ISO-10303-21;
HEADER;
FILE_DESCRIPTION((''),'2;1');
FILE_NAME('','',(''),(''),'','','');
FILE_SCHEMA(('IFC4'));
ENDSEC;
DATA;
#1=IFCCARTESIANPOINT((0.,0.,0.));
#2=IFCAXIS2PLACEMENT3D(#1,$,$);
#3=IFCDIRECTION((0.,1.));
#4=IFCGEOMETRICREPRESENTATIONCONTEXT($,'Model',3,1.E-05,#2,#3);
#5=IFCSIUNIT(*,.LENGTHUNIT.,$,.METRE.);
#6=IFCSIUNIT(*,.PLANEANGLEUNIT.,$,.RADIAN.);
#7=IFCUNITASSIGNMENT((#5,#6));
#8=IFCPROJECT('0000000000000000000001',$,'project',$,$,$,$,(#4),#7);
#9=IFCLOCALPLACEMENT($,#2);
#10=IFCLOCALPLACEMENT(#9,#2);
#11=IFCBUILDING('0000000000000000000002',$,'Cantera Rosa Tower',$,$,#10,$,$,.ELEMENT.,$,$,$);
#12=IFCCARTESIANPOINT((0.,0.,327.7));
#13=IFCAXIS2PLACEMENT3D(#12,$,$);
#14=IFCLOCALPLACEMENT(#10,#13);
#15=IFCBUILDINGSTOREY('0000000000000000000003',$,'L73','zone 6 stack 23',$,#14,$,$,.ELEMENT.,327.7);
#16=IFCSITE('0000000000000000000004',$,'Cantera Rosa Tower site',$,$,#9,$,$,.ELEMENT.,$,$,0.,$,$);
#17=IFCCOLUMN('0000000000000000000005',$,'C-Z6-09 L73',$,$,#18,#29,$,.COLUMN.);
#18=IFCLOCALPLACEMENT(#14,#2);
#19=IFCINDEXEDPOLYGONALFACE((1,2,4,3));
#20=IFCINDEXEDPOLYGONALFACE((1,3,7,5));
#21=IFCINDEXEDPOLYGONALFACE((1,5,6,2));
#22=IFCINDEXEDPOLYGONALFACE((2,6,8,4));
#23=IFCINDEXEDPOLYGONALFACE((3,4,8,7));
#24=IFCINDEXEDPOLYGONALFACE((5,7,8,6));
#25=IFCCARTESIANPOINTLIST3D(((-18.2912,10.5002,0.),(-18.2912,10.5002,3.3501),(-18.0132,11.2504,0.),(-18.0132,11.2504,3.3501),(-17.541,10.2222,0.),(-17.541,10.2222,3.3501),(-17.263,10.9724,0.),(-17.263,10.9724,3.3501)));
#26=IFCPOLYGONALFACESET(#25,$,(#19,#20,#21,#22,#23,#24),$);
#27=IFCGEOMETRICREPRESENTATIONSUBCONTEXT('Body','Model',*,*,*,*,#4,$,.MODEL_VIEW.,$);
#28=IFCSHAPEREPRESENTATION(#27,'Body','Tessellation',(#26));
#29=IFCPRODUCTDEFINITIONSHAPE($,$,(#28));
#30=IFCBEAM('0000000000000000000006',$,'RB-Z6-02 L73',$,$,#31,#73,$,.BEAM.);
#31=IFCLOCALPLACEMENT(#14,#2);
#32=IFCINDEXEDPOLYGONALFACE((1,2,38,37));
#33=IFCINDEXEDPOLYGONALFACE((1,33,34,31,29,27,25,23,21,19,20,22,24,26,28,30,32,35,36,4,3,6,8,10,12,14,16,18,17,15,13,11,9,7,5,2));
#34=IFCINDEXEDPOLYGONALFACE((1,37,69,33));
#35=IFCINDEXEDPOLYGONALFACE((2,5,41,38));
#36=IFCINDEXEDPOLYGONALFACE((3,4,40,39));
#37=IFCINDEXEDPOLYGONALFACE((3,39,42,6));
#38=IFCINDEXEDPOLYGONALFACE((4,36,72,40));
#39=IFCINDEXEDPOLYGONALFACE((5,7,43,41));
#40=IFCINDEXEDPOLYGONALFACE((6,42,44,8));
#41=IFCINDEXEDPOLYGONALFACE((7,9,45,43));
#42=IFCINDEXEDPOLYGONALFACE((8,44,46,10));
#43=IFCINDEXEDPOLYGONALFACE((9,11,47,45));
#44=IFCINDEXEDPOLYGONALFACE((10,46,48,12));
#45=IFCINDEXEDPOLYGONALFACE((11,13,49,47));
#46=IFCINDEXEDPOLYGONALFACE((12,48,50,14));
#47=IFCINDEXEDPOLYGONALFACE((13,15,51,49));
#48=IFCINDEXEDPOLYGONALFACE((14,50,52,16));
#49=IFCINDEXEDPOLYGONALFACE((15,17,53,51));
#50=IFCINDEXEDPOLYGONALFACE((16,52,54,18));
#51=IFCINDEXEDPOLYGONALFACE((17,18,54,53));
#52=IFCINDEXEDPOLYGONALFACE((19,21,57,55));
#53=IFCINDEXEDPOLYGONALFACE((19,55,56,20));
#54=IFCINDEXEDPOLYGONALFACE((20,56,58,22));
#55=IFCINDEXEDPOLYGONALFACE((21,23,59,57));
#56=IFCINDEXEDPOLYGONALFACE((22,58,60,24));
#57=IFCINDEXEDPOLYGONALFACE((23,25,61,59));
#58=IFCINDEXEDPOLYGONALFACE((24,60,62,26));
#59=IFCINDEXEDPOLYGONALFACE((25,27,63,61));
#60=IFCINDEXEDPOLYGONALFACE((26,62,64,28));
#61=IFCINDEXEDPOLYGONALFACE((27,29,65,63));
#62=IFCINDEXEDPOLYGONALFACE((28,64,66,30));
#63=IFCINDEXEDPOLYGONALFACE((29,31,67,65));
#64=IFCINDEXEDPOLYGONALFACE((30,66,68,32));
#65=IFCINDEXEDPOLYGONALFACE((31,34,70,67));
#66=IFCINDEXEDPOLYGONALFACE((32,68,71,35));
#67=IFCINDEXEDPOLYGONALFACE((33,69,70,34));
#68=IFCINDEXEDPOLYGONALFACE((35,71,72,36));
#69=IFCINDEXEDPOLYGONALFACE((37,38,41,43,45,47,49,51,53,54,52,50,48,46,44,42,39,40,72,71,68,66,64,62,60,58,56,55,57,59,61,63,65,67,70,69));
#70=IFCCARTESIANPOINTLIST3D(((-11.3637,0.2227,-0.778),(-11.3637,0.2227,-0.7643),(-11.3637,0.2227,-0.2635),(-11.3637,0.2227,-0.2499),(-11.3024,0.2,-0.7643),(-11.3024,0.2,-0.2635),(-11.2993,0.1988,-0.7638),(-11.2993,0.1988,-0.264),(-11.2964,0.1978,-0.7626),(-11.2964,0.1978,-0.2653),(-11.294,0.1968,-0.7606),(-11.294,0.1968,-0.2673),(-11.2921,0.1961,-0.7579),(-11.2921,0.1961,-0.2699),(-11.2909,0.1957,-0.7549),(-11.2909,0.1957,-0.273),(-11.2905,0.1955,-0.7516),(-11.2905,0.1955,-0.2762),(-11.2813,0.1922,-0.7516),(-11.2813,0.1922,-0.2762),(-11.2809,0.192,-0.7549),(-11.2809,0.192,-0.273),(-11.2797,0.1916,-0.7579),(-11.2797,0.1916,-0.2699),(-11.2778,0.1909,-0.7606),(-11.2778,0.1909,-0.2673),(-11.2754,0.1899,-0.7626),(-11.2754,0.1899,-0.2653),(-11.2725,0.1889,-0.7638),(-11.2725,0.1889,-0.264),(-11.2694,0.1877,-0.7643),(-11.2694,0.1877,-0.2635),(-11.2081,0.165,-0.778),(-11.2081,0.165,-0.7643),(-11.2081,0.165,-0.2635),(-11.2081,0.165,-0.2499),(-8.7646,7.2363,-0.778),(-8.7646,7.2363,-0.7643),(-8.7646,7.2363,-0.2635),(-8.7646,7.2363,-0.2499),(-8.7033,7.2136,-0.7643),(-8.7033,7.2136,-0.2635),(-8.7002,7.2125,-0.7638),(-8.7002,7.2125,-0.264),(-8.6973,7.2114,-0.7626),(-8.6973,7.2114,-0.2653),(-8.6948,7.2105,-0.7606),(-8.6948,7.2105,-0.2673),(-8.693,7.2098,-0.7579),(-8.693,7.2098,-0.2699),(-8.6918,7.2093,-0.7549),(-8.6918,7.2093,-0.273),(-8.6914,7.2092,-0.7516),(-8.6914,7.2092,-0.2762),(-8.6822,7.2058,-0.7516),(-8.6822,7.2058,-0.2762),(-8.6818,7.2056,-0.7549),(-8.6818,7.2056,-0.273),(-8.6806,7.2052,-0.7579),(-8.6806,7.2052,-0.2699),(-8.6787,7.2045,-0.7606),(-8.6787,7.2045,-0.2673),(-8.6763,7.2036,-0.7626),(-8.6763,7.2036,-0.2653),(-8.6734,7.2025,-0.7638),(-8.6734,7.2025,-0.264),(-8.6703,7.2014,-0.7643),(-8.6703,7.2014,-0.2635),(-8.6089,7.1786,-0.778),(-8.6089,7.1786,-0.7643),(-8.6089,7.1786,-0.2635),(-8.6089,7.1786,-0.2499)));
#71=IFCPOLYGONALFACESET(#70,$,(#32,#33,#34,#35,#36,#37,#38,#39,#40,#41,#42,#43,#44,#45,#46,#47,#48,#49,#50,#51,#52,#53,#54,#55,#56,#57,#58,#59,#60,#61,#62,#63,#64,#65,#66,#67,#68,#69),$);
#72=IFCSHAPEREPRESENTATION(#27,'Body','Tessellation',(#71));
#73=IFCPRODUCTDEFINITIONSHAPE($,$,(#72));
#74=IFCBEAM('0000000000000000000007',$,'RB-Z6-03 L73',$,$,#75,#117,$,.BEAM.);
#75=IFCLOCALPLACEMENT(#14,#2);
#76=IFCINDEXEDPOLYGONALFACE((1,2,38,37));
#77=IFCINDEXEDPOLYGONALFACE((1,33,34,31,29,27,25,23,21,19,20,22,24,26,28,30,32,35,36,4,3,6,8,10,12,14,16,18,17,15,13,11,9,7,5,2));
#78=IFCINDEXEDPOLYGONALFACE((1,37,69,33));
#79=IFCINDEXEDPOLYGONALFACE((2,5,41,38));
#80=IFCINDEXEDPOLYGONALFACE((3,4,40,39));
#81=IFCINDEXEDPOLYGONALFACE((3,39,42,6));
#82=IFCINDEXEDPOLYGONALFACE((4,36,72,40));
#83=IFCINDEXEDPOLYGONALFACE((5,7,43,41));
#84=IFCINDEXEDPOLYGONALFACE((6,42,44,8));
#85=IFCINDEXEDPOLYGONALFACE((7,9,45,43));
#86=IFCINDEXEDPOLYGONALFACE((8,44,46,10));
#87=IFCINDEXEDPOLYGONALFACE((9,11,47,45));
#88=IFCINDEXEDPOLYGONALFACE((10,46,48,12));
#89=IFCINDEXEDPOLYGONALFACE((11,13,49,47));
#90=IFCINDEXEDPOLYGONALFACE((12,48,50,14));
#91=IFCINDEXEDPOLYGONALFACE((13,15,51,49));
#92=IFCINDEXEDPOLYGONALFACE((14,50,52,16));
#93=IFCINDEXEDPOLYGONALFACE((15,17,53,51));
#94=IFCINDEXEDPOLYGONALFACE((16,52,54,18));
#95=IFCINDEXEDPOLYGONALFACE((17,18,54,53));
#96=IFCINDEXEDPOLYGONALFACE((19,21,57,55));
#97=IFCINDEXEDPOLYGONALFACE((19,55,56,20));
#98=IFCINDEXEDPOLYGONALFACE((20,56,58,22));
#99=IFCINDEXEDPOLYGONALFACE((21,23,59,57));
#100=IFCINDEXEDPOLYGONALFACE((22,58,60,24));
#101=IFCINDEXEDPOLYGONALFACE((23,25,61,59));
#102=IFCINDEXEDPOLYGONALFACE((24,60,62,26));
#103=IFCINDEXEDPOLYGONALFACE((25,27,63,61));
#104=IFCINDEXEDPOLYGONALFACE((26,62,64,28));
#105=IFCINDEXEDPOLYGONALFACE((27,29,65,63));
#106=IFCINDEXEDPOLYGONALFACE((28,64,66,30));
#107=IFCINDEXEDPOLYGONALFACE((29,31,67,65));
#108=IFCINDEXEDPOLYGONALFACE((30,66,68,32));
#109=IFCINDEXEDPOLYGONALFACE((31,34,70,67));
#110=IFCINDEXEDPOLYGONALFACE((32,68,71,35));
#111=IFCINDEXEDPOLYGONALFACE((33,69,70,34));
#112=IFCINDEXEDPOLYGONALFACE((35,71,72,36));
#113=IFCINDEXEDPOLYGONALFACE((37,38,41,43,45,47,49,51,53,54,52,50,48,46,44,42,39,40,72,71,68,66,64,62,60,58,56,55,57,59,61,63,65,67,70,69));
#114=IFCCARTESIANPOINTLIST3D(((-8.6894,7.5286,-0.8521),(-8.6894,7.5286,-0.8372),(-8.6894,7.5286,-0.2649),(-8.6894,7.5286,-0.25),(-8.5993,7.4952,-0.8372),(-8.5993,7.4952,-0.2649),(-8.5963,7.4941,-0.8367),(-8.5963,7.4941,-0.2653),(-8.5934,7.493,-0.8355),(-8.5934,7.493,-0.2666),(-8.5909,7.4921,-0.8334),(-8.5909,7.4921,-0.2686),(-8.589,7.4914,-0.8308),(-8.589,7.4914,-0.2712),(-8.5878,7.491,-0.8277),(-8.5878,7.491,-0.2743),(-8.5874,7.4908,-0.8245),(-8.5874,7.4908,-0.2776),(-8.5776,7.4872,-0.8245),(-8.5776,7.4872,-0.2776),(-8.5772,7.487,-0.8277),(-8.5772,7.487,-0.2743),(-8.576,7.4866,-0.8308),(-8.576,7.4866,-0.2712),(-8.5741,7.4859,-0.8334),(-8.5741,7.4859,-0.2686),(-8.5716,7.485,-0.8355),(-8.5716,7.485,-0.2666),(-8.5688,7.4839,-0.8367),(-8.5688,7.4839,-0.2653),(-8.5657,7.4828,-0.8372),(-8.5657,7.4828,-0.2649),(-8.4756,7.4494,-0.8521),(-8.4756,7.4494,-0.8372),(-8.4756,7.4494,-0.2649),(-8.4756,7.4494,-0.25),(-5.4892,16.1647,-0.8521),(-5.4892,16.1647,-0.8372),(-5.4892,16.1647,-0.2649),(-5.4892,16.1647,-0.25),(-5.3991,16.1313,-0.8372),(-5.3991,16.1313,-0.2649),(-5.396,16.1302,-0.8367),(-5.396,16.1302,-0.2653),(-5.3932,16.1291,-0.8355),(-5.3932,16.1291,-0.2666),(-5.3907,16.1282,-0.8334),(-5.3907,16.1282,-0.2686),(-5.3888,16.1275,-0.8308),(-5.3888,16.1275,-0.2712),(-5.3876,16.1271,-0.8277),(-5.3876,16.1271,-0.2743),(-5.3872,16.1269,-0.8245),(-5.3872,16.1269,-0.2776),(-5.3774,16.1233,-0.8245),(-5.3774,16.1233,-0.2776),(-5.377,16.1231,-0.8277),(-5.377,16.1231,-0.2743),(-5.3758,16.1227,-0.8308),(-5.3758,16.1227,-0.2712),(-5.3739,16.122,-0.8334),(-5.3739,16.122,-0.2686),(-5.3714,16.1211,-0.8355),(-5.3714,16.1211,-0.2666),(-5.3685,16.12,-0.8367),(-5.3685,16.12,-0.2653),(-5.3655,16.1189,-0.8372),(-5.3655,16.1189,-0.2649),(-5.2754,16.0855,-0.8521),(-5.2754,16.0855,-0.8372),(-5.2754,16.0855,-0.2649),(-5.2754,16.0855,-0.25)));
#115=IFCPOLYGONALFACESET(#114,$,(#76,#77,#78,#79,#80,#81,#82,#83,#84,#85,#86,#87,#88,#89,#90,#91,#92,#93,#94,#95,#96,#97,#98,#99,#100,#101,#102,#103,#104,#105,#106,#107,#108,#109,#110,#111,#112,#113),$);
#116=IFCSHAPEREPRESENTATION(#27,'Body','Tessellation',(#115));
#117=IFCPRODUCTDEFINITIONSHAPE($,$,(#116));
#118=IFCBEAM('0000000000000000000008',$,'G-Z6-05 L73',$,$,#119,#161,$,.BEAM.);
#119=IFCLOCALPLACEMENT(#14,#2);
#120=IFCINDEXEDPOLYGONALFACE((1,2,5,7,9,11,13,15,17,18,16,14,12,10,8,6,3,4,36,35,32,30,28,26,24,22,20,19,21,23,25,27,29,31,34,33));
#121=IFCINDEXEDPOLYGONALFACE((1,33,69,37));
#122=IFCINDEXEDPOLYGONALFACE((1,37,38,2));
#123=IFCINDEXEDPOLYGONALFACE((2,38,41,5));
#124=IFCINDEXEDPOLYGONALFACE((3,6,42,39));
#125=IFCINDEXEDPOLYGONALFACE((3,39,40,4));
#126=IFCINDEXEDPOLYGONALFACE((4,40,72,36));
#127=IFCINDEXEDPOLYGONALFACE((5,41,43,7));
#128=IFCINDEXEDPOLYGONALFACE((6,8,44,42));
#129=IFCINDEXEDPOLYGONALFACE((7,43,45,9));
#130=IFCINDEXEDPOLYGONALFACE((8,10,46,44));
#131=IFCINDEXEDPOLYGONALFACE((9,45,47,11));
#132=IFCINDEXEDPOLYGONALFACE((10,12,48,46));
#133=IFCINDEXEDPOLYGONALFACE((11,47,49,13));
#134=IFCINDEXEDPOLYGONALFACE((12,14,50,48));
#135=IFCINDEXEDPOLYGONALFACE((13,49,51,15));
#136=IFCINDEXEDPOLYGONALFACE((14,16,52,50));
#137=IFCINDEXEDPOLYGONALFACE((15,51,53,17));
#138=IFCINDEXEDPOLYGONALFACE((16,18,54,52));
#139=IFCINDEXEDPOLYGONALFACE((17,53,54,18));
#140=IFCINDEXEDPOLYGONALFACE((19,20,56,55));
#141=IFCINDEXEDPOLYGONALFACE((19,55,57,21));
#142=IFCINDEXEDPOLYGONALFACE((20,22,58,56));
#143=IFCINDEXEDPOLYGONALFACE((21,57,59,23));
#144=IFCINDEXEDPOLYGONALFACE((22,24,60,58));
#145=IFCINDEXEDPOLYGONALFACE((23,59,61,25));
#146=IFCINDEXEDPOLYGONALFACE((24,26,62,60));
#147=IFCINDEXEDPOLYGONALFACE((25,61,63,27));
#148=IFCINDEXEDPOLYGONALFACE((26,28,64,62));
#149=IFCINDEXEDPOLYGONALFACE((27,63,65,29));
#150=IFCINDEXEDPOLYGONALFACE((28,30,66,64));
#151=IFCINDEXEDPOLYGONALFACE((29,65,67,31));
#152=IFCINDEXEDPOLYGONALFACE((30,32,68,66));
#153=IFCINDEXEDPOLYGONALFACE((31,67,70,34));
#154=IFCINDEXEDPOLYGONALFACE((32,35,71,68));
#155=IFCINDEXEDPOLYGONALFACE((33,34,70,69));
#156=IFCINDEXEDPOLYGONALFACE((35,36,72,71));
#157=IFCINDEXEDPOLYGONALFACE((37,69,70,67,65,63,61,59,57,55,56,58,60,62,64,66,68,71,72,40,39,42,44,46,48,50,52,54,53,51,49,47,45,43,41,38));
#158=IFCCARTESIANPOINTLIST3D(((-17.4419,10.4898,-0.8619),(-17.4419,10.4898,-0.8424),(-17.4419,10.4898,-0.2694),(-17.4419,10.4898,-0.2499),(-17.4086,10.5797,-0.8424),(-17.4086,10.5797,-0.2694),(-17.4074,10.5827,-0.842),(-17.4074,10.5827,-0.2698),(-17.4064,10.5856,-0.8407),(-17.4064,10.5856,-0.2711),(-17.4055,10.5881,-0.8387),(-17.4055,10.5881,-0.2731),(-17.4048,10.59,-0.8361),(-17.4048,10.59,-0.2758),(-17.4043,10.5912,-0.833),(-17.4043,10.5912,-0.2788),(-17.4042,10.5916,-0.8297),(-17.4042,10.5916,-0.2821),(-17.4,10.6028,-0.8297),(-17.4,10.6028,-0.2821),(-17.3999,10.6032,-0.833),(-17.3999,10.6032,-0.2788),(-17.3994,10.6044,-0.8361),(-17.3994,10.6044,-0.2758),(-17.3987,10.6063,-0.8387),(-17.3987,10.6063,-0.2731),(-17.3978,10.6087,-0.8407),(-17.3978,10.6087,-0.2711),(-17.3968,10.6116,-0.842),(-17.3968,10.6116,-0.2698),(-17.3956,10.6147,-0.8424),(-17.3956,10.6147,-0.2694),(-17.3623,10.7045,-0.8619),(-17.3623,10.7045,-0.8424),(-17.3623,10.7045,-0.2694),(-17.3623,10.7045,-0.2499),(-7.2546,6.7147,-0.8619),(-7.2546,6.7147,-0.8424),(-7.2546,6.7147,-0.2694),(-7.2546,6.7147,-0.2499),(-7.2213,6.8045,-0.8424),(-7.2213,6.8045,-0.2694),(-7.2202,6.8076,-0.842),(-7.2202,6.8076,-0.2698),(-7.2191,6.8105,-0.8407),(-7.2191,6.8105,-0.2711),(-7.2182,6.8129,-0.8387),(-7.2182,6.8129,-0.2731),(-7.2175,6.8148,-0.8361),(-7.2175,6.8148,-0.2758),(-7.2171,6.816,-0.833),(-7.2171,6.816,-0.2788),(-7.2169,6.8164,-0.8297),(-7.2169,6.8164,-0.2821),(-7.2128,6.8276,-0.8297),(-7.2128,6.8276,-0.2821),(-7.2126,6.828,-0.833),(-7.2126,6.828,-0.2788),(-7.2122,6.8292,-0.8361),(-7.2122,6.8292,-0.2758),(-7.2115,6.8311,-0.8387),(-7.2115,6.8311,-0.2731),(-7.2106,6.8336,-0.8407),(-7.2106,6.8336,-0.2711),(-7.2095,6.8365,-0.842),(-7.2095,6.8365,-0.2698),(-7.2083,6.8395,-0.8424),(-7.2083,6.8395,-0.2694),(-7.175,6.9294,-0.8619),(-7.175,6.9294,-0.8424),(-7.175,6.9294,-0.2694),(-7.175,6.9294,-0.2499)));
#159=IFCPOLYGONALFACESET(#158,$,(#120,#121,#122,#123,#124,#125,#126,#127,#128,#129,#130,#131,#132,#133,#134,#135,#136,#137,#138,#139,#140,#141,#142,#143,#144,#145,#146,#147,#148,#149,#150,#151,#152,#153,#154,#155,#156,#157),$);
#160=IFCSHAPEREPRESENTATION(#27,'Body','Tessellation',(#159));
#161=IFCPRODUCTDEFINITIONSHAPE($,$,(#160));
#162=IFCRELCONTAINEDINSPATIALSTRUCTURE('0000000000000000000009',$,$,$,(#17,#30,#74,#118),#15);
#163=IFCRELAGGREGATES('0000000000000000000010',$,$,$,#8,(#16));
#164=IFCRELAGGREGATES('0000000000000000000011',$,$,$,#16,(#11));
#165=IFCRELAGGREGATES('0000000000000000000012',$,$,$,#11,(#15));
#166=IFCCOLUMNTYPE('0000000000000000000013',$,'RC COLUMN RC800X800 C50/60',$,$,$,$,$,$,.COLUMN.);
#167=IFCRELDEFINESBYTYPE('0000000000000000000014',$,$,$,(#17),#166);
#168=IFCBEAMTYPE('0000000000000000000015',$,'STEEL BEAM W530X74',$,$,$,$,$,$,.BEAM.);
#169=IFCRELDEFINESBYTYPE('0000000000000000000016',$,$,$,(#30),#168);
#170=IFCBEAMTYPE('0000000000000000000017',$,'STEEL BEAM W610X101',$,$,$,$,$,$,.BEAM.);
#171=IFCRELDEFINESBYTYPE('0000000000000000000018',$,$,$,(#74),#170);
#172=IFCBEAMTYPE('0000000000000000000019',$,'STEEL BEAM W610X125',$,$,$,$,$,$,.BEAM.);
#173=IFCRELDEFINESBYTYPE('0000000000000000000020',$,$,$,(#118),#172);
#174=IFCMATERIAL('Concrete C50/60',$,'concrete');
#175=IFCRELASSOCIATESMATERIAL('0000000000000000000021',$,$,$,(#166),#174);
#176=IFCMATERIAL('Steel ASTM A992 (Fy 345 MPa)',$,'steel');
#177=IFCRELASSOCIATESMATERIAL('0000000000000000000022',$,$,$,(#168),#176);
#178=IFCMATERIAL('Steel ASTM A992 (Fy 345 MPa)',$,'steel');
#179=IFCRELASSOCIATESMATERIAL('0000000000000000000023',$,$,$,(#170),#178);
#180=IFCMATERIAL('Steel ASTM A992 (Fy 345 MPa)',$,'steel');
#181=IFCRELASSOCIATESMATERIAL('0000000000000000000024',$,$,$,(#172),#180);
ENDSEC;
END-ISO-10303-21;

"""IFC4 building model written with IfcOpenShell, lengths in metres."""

from ifc_helpers import new_model, si_unit, direction, frame, origin, origin_2d, place, context, subcontext, project, spatial, rectangle, i_section, extrude, material, material_profile, profile_set, type_object, element, save


model = new_model("IFC4")

# Units and contexts
model_context = context("Model", 3, precision=1e-05, world=origin(), true_north=direction((0.0, 1.0)))
body_context = subcontext(model_context, "Body", "Model", "MODEL_VIEW")
ifc_project = project(units=[si_unit("LENGTHUNIT", "METRE"), si_unit("PLANEANGLEUNIT", "RADIAN")], contexts=[model_context])

# Site, building, storey
site_placement = place(None, origin())
site = spatial("IfcSite", under=ifc_project, at=site_placement, Name="Cantera Rosa Tower site", CompositionType="ELEMENT", RefElevation=0.0)
building_placement = place(site_placement, origin())
building = spatial("IfcBuilding", under=site, at=building_placement, Name="Cantera Rosa Tower", CompositionType="ELEMENT")
storey_placement = place(building_placement, frame((0.0, 0.0, 327.7)))
storey = spatial("IfcBuildingStorey", under=building, at=storey_placement, Name="L73", Description="zone 6 stack 23", CompositionType="ELEMENT", Elevation=327.7)

# Column
ifc_material_1 = material(Name="Concrete C50/60", Category="concrete")
ifc_material_profile_1 = material_profile(ifc_material_1, rectangle(XDim=0.8, YDim=0.8, at=origin_2d()), Name="RC COLUMN RC800X800 C50/60")
ifc_profile_set_1 = profile_set([ifc_material_profile_1], Name="Concrete C50/60")
column_type = type_object("IfcColumnType", Name="RC COLUMN RC800X800 C50/60", PredefinedType="COLUMN", material=ifc_profile_set_1)
column_placement = place(storey_placement, frame((-17.7771, 10.7363, 0.0), z_axis=(0.0, 0.0, 1.0), x_axis=(0.347481, 0.937687, 0.0)))
element("IfcColumn", 1, at=column_placement, inside=storey, type_object=column_type, Name="C-Z6-09 L73", PredefinedType="COLUMN", context=body_context, shape_type="SweptSolid", body=[
    extrude(rectangle(XDim=0.8, YDim=0.8, at=origin_2d()), origin(), (0.0, 0.0, 1.0), 3.3501),
])

# Beams
ifc_material_2 = material(Name="Steel ASTM A992 (Fy 345 MPa)", Category="steel")
ifc_material_profile_2 = material_profile(ifc_material_2, i_section(OverallWidth=0.166, OverallDepth=0.5281, WebThickness=0.0098, FlangeThickness=0.0137, FilletRadius=0.0127, at=origin_2d()), Name="W530X74")
ifc_profile_set_2 = profile_set([ifc_material_profile_2], Name="Steel ASTM A992 (Fy 345 MPa)")
beam_type_1 = type_object("IfcBeamType", Name="STEEL BEAM W530X74", PredefinedType="BEAM", material=ifc_profile_set_2)
beam_1_placement = place(storey_placement, frame((-11.2859, 0.1938, -0.5139), z_axis=(0.347487, 0.937685, 0.0), x_axis=(-0.937685, 0.347487, 0.0)))
element("IfcBeam", 2, at=beam_1_placement, inside=storey, type_object=beam_type_1, Name="RB-Z6-02 L73", PredefinedType="BEAM", context=body_context, shape_type="SweptSolid", body=[
    extrude(i_section(OverallWidth=0.166, OverallDepth=0.5281, WebThickness=0.0098, FlangeThickness=0.0137, FilletRadius=0.0127, at=origin_2d()), origin(), (0.0, 0.0, 1.0), 7.4797),
])
ifc_material_3 = material(Name="Steel ASTM A992 (Fy 345 MPa)", Category="steel")
ifc_material_profile_3 = material_profile(ifc_material_3, i_section(OverallWidth=0.228, OverallDepth=0.6021, WebThickness=0.0105, FlangeThickness=0.0149, FilletRadius=0.0127, at=origin_2d()), Name="W610X101")
ifc_profile_set_3 = profile_set([ifc_material_profile_3], Name="Steel ASTM A992 (Fy 345 MPa)")
beam_type_2 = type_object("IfcBeamType", Name="STEEL BEAM W610X101", PredefinedType="BEAM", material=ifc_profile_set_3)
beam_2_placement = place(storey_placement, frame((-8.5825, 7.489, -0.551), z_axis=(0.347475, 0.937689, 0.0), x_axis=(-0.937689, 0.347475, 0.0)))
element("IfcBeam", 3, at=beam_2_placement, inside=storey, type_object=beam_type_2, Name="RB-Z6-03 L73", PredefinedType="BEAM", context=body_context, shape_type="SweptSolid", body=[
    extrude(i_section(OverallWidth=0.228, OverallDepth=0.6021, WebThickness=0.0105, FlangeThickness=0.0149, FilletRadius=0.0127, at=origin_2d()), origin(), (0.0, 0.0, 1.0), 9.21),
])
ifc_material_4 = material(Name="Steel ASTM A992 (Fy 345 MPa)", Category="steel")
ifc_material_profile_4 = material_profile(ifc_material_4, i_section(OverallWidth=0.229, OverallDepth=0.6121, WebThickness=0.012, FlangeThickness=0.0195, FilletRadius=0.0127, at=origin_2d()), Name="W610X125")
ifc_profile_set_4 = profile_set([ifc_material_profile_4], Name="Steel ASTM A992 (Fy 345 MPa)")
beam_type_3 = type_object("IfcBeamType", Name="STEEL BEAM W610X125", PredefinedType="BEAM", material=ifc_profile_set_4)
beam_3_placement = place(storey_placement, frame((-17.4021, 10.5972, -0.5559), z_axis=(0.937686, -0.347483, 0.0), x_axis=(0.347483, 0.937686, 0.0)))
element("IfcBeam", 4, at=beam_3_placement, inside=storey, type_object=beam_type_3, Name="G-Z6-05 L73", PredefinedType="BEAM", context=body_context, shape_type="SweptSolid", body=[
    extrude(i_section(OverallWidth=0.229, OverallDepth=0.6121, WebThickness=0.012, FlangeThickness=0.0195, FilletRadius=0.0127, at=origin_2d()), origin(), (0.0, 0.0, 1.0), 10.8643),
])

save(model, "model.ifc")
